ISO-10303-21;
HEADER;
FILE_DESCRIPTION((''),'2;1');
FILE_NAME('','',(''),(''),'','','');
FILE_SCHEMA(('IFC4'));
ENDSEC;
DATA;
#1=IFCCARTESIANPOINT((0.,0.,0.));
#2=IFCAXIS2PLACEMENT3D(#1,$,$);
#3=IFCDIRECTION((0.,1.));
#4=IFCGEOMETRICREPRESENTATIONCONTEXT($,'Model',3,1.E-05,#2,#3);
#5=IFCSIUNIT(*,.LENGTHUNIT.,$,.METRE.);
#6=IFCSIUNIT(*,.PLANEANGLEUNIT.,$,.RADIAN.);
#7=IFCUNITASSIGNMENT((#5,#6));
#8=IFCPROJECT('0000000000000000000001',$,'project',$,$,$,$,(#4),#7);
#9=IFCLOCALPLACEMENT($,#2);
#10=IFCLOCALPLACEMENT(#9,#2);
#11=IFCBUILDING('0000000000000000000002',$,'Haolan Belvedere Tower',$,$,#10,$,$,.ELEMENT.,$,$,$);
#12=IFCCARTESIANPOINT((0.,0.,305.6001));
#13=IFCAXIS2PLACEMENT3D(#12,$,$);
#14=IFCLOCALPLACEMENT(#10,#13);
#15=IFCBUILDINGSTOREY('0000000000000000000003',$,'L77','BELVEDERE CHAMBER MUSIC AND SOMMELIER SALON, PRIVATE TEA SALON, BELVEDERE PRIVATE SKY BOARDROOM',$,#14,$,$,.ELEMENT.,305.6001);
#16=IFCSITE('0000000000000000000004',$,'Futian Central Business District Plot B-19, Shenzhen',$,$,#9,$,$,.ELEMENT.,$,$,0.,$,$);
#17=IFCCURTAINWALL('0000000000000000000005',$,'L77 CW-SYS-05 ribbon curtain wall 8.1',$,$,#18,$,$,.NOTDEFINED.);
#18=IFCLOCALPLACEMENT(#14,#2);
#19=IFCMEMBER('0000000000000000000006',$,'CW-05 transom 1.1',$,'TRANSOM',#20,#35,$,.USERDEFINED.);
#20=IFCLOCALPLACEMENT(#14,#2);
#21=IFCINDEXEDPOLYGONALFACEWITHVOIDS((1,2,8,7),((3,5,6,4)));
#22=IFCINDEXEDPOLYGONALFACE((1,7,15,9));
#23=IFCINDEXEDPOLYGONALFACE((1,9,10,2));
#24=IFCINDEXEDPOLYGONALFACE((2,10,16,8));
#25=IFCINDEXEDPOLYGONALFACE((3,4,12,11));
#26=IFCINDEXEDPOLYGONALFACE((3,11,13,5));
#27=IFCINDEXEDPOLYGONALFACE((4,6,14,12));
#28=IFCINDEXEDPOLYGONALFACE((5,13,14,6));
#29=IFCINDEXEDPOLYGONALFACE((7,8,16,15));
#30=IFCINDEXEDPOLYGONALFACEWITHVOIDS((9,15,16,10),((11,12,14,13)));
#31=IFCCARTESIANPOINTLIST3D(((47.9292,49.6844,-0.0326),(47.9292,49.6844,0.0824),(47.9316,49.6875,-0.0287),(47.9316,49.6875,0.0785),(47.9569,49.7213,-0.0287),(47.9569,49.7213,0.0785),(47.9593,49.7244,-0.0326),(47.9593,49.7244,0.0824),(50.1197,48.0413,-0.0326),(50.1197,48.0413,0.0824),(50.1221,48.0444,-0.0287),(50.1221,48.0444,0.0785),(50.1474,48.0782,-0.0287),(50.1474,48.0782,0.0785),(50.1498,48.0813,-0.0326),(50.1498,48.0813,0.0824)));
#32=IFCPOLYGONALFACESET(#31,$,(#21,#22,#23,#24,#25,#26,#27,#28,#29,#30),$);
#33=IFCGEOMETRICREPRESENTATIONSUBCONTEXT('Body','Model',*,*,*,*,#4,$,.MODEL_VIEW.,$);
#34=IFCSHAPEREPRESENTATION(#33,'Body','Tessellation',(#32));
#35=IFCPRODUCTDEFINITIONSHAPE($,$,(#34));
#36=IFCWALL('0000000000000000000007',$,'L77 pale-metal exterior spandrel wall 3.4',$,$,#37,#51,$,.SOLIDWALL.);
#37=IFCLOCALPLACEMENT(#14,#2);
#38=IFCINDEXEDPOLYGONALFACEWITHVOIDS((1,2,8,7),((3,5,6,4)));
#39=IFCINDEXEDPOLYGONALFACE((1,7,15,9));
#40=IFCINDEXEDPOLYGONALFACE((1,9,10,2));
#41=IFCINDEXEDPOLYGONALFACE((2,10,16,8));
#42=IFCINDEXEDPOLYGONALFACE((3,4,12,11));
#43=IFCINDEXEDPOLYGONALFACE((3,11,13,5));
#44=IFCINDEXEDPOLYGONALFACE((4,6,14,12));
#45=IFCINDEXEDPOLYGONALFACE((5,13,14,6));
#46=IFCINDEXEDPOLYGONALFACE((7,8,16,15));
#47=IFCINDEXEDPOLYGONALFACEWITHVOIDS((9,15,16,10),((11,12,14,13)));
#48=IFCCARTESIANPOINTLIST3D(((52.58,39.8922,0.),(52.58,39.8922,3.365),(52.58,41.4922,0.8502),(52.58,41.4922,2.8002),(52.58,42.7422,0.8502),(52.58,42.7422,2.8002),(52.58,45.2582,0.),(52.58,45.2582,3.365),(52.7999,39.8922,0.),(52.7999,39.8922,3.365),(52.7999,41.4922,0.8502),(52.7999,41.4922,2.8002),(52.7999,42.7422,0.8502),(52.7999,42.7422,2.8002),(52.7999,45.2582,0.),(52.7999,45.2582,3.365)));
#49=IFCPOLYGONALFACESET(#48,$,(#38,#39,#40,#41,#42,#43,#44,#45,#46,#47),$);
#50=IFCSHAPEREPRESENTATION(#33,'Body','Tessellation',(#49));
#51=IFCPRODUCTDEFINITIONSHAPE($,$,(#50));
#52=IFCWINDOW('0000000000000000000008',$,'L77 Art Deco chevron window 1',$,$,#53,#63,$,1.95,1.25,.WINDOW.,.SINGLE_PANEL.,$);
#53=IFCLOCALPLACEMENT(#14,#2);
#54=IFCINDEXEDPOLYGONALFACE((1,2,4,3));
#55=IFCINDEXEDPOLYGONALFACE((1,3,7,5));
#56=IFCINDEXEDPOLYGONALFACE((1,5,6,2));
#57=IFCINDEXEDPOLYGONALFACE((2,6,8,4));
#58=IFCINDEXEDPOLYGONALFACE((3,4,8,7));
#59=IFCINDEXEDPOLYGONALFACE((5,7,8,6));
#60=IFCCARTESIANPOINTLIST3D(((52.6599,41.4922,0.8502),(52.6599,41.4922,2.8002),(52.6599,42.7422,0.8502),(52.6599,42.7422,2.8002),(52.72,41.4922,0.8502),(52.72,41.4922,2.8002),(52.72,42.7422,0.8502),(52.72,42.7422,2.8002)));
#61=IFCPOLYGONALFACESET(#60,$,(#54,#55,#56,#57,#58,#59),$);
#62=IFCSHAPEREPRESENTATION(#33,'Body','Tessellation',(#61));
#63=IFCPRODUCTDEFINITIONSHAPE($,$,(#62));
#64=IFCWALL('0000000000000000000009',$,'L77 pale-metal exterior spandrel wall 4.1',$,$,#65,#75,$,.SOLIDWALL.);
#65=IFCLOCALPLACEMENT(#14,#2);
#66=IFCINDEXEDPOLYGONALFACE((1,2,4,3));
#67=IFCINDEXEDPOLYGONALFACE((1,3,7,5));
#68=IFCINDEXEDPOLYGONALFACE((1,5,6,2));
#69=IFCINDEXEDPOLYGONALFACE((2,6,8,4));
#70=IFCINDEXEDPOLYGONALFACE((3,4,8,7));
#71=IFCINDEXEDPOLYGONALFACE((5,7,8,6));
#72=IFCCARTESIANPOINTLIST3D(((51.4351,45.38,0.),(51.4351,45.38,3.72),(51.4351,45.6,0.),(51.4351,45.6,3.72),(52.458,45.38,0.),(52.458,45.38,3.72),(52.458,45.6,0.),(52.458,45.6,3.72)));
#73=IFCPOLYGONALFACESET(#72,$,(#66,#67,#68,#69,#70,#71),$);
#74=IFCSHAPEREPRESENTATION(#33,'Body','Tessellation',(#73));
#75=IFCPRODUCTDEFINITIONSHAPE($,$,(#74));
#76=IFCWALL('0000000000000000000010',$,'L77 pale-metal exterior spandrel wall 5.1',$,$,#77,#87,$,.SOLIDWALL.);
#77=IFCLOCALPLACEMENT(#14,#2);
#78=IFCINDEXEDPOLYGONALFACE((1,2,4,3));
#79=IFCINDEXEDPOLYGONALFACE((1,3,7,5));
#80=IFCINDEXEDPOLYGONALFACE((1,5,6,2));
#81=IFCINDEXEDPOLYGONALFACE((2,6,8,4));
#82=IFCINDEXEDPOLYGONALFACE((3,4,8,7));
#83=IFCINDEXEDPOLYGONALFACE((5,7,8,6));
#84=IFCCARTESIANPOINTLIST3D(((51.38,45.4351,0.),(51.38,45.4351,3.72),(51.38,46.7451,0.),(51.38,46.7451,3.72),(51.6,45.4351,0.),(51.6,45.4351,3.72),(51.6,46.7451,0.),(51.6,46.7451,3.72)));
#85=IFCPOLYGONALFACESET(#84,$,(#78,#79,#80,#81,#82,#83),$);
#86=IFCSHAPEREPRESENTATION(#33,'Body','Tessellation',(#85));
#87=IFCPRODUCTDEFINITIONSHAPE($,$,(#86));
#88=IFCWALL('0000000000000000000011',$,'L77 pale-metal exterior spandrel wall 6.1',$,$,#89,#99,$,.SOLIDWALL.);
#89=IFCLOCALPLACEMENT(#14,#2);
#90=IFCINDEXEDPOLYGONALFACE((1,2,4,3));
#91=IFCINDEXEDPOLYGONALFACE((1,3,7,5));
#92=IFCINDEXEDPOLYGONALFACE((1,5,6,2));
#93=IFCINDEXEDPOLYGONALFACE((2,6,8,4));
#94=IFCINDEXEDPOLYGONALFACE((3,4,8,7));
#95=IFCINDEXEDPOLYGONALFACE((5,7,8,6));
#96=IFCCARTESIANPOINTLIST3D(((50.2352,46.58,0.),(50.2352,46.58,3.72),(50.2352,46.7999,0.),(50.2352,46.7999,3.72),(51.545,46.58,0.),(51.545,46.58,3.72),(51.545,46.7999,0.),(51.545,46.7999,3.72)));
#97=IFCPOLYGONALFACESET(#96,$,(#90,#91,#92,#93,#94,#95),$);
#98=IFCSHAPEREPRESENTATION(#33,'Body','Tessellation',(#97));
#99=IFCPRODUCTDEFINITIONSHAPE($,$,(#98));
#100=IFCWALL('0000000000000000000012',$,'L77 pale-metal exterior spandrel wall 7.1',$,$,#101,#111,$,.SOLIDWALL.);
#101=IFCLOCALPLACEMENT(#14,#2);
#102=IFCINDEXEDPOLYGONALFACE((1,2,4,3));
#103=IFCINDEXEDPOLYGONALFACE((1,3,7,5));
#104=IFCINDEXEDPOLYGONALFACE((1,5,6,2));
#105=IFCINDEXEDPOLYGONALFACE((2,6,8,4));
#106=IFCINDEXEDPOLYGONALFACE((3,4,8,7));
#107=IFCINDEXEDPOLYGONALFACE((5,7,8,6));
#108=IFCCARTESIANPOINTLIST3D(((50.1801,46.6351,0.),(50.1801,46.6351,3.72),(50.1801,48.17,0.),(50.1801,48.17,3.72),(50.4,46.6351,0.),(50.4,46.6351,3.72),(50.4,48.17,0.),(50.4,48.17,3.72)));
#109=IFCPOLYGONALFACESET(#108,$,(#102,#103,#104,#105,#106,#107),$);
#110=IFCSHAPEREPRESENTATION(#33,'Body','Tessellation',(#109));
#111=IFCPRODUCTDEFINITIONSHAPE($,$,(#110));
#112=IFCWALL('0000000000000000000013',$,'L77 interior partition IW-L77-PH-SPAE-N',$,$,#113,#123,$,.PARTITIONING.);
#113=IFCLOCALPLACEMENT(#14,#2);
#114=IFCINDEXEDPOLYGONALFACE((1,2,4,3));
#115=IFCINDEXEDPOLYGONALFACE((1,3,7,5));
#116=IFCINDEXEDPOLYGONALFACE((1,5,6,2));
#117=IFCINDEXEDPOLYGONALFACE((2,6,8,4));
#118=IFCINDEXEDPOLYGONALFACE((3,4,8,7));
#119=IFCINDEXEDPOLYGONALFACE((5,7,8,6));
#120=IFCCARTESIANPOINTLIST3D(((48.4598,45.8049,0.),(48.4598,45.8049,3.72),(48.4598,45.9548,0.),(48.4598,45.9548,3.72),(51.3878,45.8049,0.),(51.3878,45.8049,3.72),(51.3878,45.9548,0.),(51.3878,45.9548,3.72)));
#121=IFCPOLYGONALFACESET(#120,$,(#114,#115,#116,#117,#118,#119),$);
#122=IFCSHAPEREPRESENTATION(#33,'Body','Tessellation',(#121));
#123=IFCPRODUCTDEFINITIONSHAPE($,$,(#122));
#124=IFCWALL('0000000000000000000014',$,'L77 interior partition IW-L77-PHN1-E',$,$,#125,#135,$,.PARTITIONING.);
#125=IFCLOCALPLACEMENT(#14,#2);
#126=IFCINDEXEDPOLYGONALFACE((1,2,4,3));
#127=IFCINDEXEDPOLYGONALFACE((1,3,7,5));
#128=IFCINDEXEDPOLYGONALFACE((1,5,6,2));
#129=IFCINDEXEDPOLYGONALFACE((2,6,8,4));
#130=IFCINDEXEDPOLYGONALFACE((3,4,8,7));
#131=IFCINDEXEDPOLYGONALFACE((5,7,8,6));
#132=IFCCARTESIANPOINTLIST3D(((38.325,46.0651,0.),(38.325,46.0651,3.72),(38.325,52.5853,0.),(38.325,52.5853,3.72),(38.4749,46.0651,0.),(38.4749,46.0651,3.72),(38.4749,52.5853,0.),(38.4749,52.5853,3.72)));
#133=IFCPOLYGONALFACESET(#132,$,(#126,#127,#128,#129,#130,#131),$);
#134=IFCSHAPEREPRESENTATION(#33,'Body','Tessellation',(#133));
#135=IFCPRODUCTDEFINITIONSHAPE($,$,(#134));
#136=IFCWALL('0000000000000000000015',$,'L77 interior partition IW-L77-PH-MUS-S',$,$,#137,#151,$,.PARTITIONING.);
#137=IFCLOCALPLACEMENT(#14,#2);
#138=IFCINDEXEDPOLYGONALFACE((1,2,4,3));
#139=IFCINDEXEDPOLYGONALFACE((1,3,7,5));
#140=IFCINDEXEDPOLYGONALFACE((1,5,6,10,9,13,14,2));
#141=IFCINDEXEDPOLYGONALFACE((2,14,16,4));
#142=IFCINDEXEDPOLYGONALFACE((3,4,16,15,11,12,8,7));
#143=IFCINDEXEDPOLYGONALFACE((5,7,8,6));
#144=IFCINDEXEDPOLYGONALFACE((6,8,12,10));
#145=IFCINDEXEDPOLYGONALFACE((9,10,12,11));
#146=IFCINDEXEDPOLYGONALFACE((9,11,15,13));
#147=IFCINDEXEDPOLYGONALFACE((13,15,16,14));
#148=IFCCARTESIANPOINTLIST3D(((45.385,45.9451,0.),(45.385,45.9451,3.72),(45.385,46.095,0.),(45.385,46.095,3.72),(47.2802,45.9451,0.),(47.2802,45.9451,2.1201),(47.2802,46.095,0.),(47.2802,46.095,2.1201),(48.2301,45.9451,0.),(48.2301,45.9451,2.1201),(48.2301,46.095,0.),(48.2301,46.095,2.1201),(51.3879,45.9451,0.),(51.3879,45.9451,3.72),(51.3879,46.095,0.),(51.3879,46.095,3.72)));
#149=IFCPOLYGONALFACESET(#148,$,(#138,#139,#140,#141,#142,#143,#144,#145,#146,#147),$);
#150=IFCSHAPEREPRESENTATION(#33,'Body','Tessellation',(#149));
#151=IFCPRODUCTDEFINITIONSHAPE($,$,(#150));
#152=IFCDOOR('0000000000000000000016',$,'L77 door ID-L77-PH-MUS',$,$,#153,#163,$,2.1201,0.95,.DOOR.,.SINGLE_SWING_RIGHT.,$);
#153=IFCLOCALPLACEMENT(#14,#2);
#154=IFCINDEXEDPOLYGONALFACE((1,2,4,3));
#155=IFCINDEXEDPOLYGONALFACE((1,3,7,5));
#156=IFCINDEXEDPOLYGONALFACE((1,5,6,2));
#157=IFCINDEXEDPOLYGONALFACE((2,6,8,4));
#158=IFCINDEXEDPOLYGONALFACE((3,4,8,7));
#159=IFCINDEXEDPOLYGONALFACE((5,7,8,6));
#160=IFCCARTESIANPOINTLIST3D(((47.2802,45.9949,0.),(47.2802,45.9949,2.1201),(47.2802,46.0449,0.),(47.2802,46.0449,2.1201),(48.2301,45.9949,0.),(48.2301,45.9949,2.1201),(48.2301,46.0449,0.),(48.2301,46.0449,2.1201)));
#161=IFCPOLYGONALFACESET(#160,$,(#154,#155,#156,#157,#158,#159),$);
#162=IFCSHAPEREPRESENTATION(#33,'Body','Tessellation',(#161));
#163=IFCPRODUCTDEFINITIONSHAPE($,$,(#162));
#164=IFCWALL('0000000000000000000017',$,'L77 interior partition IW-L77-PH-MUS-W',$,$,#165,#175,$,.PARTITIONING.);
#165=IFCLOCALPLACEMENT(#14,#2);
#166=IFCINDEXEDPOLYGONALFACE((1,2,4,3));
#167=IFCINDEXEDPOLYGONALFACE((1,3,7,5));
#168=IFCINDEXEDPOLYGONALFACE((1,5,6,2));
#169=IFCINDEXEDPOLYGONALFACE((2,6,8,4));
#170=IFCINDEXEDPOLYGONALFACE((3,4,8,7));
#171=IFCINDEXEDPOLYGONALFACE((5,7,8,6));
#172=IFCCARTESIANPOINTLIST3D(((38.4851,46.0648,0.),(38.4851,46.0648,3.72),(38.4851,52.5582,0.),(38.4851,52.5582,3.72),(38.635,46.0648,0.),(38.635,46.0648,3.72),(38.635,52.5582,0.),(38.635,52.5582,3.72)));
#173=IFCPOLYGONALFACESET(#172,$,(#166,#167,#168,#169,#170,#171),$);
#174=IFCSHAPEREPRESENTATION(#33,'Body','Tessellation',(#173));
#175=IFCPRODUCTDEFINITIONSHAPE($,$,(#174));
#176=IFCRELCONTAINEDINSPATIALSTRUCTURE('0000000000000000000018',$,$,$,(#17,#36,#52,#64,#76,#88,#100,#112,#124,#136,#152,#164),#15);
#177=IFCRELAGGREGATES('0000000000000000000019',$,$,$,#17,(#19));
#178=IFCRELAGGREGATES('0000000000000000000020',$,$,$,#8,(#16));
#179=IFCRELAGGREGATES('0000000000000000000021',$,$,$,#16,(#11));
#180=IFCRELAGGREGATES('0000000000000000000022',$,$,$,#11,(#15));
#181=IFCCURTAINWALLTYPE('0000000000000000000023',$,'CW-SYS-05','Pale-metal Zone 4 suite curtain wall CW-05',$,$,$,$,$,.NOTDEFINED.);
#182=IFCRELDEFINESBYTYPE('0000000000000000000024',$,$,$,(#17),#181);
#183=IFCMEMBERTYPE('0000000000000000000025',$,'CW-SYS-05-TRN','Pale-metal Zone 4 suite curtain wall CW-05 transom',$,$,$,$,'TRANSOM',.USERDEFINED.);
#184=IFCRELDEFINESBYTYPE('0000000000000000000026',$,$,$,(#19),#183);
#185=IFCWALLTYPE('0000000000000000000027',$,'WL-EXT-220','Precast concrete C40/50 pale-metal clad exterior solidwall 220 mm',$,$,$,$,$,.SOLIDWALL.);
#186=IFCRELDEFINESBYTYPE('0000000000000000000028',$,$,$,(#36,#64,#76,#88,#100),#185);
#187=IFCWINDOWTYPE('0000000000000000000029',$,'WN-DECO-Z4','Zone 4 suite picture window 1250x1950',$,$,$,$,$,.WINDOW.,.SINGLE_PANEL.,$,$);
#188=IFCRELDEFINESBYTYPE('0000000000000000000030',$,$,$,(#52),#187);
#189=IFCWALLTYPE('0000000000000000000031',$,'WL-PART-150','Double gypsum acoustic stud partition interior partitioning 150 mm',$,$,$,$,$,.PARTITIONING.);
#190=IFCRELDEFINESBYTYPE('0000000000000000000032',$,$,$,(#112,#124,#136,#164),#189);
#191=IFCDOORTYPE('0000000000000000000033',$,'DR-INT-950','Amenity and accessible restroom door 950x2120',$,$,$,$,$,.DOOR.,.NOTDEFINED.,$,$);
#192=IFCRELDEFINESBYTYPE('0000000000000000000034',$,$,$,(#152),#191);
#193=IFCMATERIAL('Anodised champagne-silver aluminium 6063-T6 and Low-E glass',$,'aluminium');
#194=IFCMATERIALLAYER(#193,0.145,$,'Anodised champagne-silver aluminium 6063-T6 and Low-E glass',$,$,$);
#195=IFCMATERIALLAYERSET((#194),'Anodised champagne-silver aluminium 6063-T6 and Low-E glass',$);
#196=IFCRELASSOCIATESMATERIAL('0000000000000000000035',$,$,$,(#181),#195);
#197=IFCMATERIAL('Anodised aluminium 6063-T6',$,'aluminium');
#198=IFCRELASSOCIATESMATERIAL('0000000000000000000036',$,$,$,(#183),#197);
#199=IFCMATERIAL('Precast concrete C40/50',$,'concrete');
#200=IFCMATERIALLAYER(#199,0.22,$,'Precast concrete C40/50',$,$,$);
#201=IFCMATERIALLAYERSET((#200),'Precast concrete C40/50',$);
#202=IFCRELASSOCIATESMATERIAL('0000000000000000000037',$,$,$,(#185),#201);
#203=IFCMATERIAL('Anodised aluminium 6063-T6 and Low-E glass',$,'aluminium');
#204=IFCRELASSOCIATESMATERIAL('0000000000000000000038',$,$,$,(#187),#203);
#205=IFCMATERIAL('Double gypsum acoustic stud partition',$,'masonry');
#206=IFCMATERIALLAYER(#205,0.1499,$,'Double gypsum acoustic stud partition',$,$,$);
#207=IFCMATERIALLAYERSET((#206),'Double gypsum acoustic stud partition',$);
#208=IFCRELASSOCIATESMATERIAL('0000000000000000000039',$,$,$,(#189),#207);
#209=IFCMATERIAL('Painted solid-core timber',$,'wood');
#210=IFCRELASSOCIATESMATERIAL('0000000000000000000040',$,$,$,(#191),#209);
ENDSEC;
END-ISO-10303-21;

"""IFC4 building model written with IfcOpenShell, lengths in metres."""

from ifc_helpers import new_model, si_unit, direction, frame, frame_2d, origin, origin_2d, place, context, subcontext, project, spatial, rectangle, hollow_rectangle, extrude, material, layer, layer_set, material_profile, profile_set, type_object, element, fill, aggregate, save


model = new_model("IFC4")

# Units and contexts
model_context = context("Model", 3, precision=1e-05, world=origin(), true_north=direction((0.0, 1.0)))
body_context = subcontext(model_context, "Body", "Model", "MODEL_VIEW")
ifc_project = project(units=[si_unit("LENGTHUNIT", "METRE"), si_unit("PLANEANGLEUNIT", "RADIAN")], contexts=[model_context])

# Site, building, storey
site_placement = place(None, origin())
site = spatial("IfcSite", under=ifc_project, at=site_placement, Name="Futian Central Business District Plot B-19, Shenzhen", CompositionType="ELEMENT", RefElevation=0.0)
building_placement = place(site_placement, origin())
building = spatial("IfcBuilding", under=site, at=building_placement, Name="Haolan Belvedere Tower", CompositionType="ELEMENT")
storey_placement = place(building_placement, frame((0.0, 0.0, 305.6001)))
storey = spatial("IfcBuildingStorey", under=building, at=storey_placement, Name="L77", Description="BELVEDERE CHAMBER MUSIC AND SOMMELIER SALON, PRIVATE TEA SALON, BELVEDERE PRIVATE SKY BOARDROOM", CompositionType="ELEMENT", Elevation=305.6001)

# Curtain wall, member
ifc_material_1 = material(Name="Anodised champagne-silver aluminium 6063-T6 and Low-E glass", Category="aluminium")
ifc_layer_1 = layer(ifc_material_1, 0.145, Name="Anodised champagne-silver aluminium 6063-T6 and Low-E glass")
ifc_layer_set_1 = layer_set([ifc_layer_1], Name="Anodised champagne-silver aluminium 6063-T6 and Low-E glass")
curtain_wall_type = type_object("IfcCurtainWallType", Name="CW-SYS-05", Description="Pale-metal Zone 4 suite curtain wall CW-05", PredefinedType="NOTDEFINED", material=ifc_layer_set_1)
curtain_wall_placement = place(storey_placement, origin())
curtain_wall = element("IfcCurtainWall", 1, at=curtain_wall_placement, inside=storey, type_object=curtain_wall_type, Name="L77 CW-SYS-05 ribbon curtain wall 8.1", PredefinedType="NOTDEFINED")
ifc_material_2 = material(Name="Anodised aluminium 6063-T6", Category="aluminium")
ifc_material_profile_1 = material_profile(ifc_material_2, hollow_rectangle(XDim=0.05, YDim=0.115, WallThickness=0.0039, at=origin_2d()), Name="Anodised aluminium 6063-T6")
ifc_profile_set_1 = profile_set([ifc_material_profile_1], Name="Anodised aluminium 6063-T6")
member_type_1 = type_object("IfcMemberType", Name="CW-SYS-05-TRN", Description="Pale-metal Zone 4 suite curtain wall CW-05 transom", ElementType="TRANSOM", PredefinedType="USERDEFINED", material=ifc_profile_set_1)
member_1_placement = place(storey_placement, frame((50.1348, 48.0613, 0.0249), z_axis=(-0.799957, 0.600057, 0.0), x_axis=(-0.600057, -0.799957, 0.0)))
member_1 = element("IfcMember", 2, at=member_1_placement, type_object=member_type_1, Name="CW-05 transom 1.1", ObjectType="TRANSOM", PredefinedType="USERDEFINED", context=body_context, shape_type="SweptSolid", body=[
    extrude(hollow_rectangle(XDim=0.05, YDim=0.115, WallThickness=0.0039, at=origin_2d()), origin(), (0.0, 0.0, 1.0), 2.7383),
])
aggregate(curtain_wall, [member_1])

# Wall, opening, window
ifc_material_3 = material(Name="Precast concrete C40/50", Category="concrete")
ifc_layer_2 = layer(ifc_material_3, 0.22, Name="Precast concrete C40/50")
ifc_layer_set_2 = layer_set([ifc_layer_2], Name="Precast concrete C40/50")
wall_type_1 = type_object("IfcWallType", Name="WL-EXT-220", Description="Precast concrete C40/50 pale-metal clad exterior solidwall 220 mm", PredefinedType="SOLIDWALL", material=ifc_layer_set_2)
wall_1_placement = place(storey_placement, frame((52.6899, 39.8921, 0.0), z_axis=(0.0, 0.0, 1.0), x_axis=(0.0, 1.0, 0.0)))
wall_1 = element("IfcWall", 3, at=wall_1_placement, inside=storey, type_object=wall_type_1, Name="L77 pale-metal exterior spandrel wall 3.4", PredefinedType="SOLIDWALL", context=body_context, shape_type="SweptSolid", body=[
    extrude(rectangle(XDim=5.366, YDim=0.22, at=frame_2d((2.6831, 0.0))), origin(), (0.0, 0.0, 1.0), 3.365),
])
opening_1_placement = place(wall_1_placement, frame((1.6001, 0.0, 0.8501)))
opening_1 = element("IfcOpeningElement", 4, at=opening_1_placement, cuts=wall_1, PredefinedType="OPENING", context=body_context, shape_type="SweptSolid", body=[
    extrude(rectangle(XDim=1.25, YDim=1.95, at=frame_2d((0.625, 0.9751))), frame((0.0, 0.1199, 0.0), z_axis=(0.0, -1.0, 0.0), x_axis=(1.0, 0.0, 0.0)), (0.0, 0.0, 1.0), 0.24),
])
ifc_material_4 = material(Name="Anodised aluminium 6063-T6 and Low-E glass", Category="aluminium")
window_type = type_object("IfcWindowType", Name="WN-DECO-Z4", Description="Zone 4 suite picture window 1250x1950", PartitioningType="SINGLE_PANEL", PredefinedType="WINDOW", material=ifc_material_4)
window_placement = place(opening_1_placement, origin())
window = element("IfcWindow", 5, at=window_placement, inside=storey, type_object=window_type, Name="L77 Art Deco chevron window 1", OverallHeight=1.95, OverallWidth=1.25, PartitioningType="SINGLE_PANEL", PredefinedType="WINDOW", context=body_context, shape_type="SweptSolid", body=[
    extrude(rectangle(XDim=1.25, YDim=1.95, at=frame_2d((0.625, 0.9751))), frame((0.0, 0.03, 0.0), z_axis=(0.0, -1.0, 0.0), x_axis=(1.0, 0.0, 0.0)), (0.0, 0.0, 1.0), 0.0601),
])
fill(opening_1, window)

# Walls
wall_2_placement = place(storey_placement, frame((52.458, 45.49, 0.0), z_axis=(0.0, 0.0, 1.0), x_axis=(-1.0, 0.0, 0.0)))
element("IfcWall", 6, at=wall_2_placement, inside=storey, type_object=wall_type_1, Name="L77 pale-metal exterior spandrel wall 4.1", PredefinedType="SOLIDWALL", context=body_context, shape_type="SweptSolid", body=[
    extrude(rectangle(XDim=1.0229, YDim=0.22, at=frame_2d((0.5115, 0.0))), origin(), (0.0, 0.0, 1.0), 3.72),
])
wall_3_placement = place(storey_placement, frame((51.49, 45.4351, 0.0), z_axis=(0.0, 0.0, 1.0), x_axis=(0.0, 1.0, 0.0)))
element("IfcWall", 7, at=wall_3_placement, inside=storey, type_object=wall_type_1, Name="L77 pale-metal exterior spandrel wall 5.1", PredefinedType="SOLIDWALL", context=body_context, shape_type="SweptSolid", body=[
    extrude(rectangle(XDim=1.3101, YDim=0.22, at=frame_2d((0.655, 0.0))), origin(), (0.0, 0.0, 1.0), 3.72),
])
wall_4_placement = place(storey_placement, frame((51.5449, 46.6899, 0.0), z_axis=(0.0, 0.0, 1.0), x_axis=(-1.0, 0.0, 0.0)))
element("IfcWall", 8, at=wall_4_placement, inside=storey, type_object=wall_type_1, Name="L77 pale-metal exterior spandrel wall 6.1", PredefinedType="SOLIDWALL", context=body_context, shape_type="SweptSolid", body=[
    extrude(rectangle(XDim=1.3098, YDim=0.22, at=frame_2d((0.6548, 0.0))), origin(), (0.0, 0.0, 1.0), 3.72),
])
wall_5_placement = place(storey_placement, frame((50.29, 46.635, 0.0), z_axis=(0.0, 0.0, 1.0), x_axis=(0.0, 1.0, 0.0)))
element("IfcWall", 9, at=wall_5_placement, inside=storey, type_object=wall_type_1, Name="L77 pale-metal exterior spandrel wall 7.1", PredefinedType="SOLIDWALL", context=body_context, shape_type="SweptSolid", body=[
    extrude(rectangle(XDim=1.5349, YDim=0.22, at=frame_2d((0.7676, 0.0))), origin(), (0.0, 0.0, 1.0), 3.72),
])

# Walls
ifc_material_5 = material(Name="Double gypsum acoustic stud partition", Category="masonry")
ifc_layer_3 = layer(ifc_material_5, 0.1499, Name="Double gypsum acoustic stud partition")
ifc_layer_set_3 = layer_set([ifc_layer_3], Name="Double gypsum acoustic stud partition")
wall_type_2 = type_object("IfcWallType", Name="WL-PART-150", Description="Double gypsum acoustic stud partition interior partitioning 150 mm", PredefinedType="PARTITIONING", material=ifc_layer_set_3)
wall_6_placement = place(storey_placement, frame((48.46, 45.8799, 0.0), z_axis=(0.0, 0.0, 1.0), x_axis=(1.0, 0.0, 0.0)))
element("IfcWall", 10, at=wall_6_placement, inside=storey, type_object=wall_type_2, Name="L77 interior partition IW-L77-PH-SPAE-N", PredefinedType="PARTITIONING", context=body_context, shape_type="SweptSolid", body=[
    extrude(rectangle(XDim=2.928, YDim=0.1499, at=frame_2d((1.4639, 0.0))), origin(), (0.0, 0.0, 1.0), 3.72),
])
wall_7_placement = place(storey_placement, frame((38.3999, 46.0649, 0.0), z_axis=(0.0, 0.0, 1.0), x_axis=(0.0, 1.0, 0.0)))
element("IfcWall", 11, at=wall_7_placement, inside=storey, type_object=wall_type_2, Name="L77 interior partition IW-L77-PHN1-E", PredefinedType="PARTITIONING", context=body_context, shape_type="SweptSolid", body=[
    extrude(rectangle(XDim=6.5203, YDim=0.1499, at=frame_2d((3.2603, 0.0))), origin(), (0.0, 0.0, 1.0), 3.72),
])

# Wall, opening, door
wall_8_placement = place(storey_placement, frame((45.385, 46.02, 0.0), z_axis=(0.0, 0.0, 1.0), x_axis=(1.0, 0.0, 0.0)))
wall_8 = element("IfcWall", 12, at=wall_8_placement, inside=storey, type_object=wall_type_2, Name="L77 interior partition IW-L77-PH-MUS-S", PredefinedType="PARTITIONING", context=body_context, shape_type="SweptSolid", body=[
    extrude(rectangle(XDim=6.0029, YDim=0.1499, at=frame_2d((3.0015, 0.0))), origin(), (0.0, 0.0, 1.0), 3.72),
])
opening_2_placement = place(wall_8_placement, frame((1.895, 0.0, 0.0)))
opening_2 = element("IfcOpeningElement", 13, at=opening_2_placement, cuts=wall_8, PredefinedType="OPENING", context=body_context, shape_type="SweptSolid", body=[
    extrude(rectangle(XDim=0.95, YDim=2.1201, at=frame_2d((0.4751, 1.0601))), frame((0.0, 0.085, 0.0), z_axis=(0.0, -1.0, 0.0), x_axis=(1.0, 0.0, 0.0)), (0.0, 0.0, 1.0), 0.1699),
])
ifc_material_6 = material(Name="Painted solid-core timber", Category="wood")
door_type_1 = type_object("IfcDoorType", Name="DR-INT-950", Description="Amenity and accessible restroom door 950x2120", OperationType="NOTDEFINED", PredefinedType="DOOR", material=ifc_material_6)
door_1_placement = place(opening_2_placement, origin())
door_1 = element("IfcDoor", 14, at=door_1_placement, inside=storey, type_object=door_type_1, Name="L77 door ID-L77-PH-MUS", OperationType="SINGLE_SWING_RIGHT", OverallHeight=2.1201, OverallWidth=0.95, PredefinedType="DOOR", context=body_context, shape_type="SweptSolid", body=[
    extrude(rectangle(XDim=0.95, YDim=2.1201, at=frame_2d((0.4751, 1.0601))), frame((0.0, 0.0249, 0.0), z_axis=(0.0, -1.0, 0.0), x_axis=(1.0, 0.0, 0.0)), (0.0, 0.0, 1.0), 0.05),
])
fill(opening_2, door_1)

# Wall
wall_9_placement = place(storey_placement, frame((38.5601, 46.0649, 0.0), z_axis=(0.0, 0.0, 1.0), x_axis=(0.0, 1.0, 0.0)))
element("IfcWall", 15, at=wall_9_placement, inside=storey, type_object=wall_type_2, Name="L77 interior partition IW-L77-PH-MUS-W", PredefinedType="PARTITIONING", context=body_context, shape_type="SweptSolid", body=[
    extrude(rectangle(XDim=6.4934, YDim=0.1499, at=frame_2d((3.2466, 0.0))), origin(), (0.0, 0.0, 1.0), 3.72),
])

save(model, "model.ifc")
